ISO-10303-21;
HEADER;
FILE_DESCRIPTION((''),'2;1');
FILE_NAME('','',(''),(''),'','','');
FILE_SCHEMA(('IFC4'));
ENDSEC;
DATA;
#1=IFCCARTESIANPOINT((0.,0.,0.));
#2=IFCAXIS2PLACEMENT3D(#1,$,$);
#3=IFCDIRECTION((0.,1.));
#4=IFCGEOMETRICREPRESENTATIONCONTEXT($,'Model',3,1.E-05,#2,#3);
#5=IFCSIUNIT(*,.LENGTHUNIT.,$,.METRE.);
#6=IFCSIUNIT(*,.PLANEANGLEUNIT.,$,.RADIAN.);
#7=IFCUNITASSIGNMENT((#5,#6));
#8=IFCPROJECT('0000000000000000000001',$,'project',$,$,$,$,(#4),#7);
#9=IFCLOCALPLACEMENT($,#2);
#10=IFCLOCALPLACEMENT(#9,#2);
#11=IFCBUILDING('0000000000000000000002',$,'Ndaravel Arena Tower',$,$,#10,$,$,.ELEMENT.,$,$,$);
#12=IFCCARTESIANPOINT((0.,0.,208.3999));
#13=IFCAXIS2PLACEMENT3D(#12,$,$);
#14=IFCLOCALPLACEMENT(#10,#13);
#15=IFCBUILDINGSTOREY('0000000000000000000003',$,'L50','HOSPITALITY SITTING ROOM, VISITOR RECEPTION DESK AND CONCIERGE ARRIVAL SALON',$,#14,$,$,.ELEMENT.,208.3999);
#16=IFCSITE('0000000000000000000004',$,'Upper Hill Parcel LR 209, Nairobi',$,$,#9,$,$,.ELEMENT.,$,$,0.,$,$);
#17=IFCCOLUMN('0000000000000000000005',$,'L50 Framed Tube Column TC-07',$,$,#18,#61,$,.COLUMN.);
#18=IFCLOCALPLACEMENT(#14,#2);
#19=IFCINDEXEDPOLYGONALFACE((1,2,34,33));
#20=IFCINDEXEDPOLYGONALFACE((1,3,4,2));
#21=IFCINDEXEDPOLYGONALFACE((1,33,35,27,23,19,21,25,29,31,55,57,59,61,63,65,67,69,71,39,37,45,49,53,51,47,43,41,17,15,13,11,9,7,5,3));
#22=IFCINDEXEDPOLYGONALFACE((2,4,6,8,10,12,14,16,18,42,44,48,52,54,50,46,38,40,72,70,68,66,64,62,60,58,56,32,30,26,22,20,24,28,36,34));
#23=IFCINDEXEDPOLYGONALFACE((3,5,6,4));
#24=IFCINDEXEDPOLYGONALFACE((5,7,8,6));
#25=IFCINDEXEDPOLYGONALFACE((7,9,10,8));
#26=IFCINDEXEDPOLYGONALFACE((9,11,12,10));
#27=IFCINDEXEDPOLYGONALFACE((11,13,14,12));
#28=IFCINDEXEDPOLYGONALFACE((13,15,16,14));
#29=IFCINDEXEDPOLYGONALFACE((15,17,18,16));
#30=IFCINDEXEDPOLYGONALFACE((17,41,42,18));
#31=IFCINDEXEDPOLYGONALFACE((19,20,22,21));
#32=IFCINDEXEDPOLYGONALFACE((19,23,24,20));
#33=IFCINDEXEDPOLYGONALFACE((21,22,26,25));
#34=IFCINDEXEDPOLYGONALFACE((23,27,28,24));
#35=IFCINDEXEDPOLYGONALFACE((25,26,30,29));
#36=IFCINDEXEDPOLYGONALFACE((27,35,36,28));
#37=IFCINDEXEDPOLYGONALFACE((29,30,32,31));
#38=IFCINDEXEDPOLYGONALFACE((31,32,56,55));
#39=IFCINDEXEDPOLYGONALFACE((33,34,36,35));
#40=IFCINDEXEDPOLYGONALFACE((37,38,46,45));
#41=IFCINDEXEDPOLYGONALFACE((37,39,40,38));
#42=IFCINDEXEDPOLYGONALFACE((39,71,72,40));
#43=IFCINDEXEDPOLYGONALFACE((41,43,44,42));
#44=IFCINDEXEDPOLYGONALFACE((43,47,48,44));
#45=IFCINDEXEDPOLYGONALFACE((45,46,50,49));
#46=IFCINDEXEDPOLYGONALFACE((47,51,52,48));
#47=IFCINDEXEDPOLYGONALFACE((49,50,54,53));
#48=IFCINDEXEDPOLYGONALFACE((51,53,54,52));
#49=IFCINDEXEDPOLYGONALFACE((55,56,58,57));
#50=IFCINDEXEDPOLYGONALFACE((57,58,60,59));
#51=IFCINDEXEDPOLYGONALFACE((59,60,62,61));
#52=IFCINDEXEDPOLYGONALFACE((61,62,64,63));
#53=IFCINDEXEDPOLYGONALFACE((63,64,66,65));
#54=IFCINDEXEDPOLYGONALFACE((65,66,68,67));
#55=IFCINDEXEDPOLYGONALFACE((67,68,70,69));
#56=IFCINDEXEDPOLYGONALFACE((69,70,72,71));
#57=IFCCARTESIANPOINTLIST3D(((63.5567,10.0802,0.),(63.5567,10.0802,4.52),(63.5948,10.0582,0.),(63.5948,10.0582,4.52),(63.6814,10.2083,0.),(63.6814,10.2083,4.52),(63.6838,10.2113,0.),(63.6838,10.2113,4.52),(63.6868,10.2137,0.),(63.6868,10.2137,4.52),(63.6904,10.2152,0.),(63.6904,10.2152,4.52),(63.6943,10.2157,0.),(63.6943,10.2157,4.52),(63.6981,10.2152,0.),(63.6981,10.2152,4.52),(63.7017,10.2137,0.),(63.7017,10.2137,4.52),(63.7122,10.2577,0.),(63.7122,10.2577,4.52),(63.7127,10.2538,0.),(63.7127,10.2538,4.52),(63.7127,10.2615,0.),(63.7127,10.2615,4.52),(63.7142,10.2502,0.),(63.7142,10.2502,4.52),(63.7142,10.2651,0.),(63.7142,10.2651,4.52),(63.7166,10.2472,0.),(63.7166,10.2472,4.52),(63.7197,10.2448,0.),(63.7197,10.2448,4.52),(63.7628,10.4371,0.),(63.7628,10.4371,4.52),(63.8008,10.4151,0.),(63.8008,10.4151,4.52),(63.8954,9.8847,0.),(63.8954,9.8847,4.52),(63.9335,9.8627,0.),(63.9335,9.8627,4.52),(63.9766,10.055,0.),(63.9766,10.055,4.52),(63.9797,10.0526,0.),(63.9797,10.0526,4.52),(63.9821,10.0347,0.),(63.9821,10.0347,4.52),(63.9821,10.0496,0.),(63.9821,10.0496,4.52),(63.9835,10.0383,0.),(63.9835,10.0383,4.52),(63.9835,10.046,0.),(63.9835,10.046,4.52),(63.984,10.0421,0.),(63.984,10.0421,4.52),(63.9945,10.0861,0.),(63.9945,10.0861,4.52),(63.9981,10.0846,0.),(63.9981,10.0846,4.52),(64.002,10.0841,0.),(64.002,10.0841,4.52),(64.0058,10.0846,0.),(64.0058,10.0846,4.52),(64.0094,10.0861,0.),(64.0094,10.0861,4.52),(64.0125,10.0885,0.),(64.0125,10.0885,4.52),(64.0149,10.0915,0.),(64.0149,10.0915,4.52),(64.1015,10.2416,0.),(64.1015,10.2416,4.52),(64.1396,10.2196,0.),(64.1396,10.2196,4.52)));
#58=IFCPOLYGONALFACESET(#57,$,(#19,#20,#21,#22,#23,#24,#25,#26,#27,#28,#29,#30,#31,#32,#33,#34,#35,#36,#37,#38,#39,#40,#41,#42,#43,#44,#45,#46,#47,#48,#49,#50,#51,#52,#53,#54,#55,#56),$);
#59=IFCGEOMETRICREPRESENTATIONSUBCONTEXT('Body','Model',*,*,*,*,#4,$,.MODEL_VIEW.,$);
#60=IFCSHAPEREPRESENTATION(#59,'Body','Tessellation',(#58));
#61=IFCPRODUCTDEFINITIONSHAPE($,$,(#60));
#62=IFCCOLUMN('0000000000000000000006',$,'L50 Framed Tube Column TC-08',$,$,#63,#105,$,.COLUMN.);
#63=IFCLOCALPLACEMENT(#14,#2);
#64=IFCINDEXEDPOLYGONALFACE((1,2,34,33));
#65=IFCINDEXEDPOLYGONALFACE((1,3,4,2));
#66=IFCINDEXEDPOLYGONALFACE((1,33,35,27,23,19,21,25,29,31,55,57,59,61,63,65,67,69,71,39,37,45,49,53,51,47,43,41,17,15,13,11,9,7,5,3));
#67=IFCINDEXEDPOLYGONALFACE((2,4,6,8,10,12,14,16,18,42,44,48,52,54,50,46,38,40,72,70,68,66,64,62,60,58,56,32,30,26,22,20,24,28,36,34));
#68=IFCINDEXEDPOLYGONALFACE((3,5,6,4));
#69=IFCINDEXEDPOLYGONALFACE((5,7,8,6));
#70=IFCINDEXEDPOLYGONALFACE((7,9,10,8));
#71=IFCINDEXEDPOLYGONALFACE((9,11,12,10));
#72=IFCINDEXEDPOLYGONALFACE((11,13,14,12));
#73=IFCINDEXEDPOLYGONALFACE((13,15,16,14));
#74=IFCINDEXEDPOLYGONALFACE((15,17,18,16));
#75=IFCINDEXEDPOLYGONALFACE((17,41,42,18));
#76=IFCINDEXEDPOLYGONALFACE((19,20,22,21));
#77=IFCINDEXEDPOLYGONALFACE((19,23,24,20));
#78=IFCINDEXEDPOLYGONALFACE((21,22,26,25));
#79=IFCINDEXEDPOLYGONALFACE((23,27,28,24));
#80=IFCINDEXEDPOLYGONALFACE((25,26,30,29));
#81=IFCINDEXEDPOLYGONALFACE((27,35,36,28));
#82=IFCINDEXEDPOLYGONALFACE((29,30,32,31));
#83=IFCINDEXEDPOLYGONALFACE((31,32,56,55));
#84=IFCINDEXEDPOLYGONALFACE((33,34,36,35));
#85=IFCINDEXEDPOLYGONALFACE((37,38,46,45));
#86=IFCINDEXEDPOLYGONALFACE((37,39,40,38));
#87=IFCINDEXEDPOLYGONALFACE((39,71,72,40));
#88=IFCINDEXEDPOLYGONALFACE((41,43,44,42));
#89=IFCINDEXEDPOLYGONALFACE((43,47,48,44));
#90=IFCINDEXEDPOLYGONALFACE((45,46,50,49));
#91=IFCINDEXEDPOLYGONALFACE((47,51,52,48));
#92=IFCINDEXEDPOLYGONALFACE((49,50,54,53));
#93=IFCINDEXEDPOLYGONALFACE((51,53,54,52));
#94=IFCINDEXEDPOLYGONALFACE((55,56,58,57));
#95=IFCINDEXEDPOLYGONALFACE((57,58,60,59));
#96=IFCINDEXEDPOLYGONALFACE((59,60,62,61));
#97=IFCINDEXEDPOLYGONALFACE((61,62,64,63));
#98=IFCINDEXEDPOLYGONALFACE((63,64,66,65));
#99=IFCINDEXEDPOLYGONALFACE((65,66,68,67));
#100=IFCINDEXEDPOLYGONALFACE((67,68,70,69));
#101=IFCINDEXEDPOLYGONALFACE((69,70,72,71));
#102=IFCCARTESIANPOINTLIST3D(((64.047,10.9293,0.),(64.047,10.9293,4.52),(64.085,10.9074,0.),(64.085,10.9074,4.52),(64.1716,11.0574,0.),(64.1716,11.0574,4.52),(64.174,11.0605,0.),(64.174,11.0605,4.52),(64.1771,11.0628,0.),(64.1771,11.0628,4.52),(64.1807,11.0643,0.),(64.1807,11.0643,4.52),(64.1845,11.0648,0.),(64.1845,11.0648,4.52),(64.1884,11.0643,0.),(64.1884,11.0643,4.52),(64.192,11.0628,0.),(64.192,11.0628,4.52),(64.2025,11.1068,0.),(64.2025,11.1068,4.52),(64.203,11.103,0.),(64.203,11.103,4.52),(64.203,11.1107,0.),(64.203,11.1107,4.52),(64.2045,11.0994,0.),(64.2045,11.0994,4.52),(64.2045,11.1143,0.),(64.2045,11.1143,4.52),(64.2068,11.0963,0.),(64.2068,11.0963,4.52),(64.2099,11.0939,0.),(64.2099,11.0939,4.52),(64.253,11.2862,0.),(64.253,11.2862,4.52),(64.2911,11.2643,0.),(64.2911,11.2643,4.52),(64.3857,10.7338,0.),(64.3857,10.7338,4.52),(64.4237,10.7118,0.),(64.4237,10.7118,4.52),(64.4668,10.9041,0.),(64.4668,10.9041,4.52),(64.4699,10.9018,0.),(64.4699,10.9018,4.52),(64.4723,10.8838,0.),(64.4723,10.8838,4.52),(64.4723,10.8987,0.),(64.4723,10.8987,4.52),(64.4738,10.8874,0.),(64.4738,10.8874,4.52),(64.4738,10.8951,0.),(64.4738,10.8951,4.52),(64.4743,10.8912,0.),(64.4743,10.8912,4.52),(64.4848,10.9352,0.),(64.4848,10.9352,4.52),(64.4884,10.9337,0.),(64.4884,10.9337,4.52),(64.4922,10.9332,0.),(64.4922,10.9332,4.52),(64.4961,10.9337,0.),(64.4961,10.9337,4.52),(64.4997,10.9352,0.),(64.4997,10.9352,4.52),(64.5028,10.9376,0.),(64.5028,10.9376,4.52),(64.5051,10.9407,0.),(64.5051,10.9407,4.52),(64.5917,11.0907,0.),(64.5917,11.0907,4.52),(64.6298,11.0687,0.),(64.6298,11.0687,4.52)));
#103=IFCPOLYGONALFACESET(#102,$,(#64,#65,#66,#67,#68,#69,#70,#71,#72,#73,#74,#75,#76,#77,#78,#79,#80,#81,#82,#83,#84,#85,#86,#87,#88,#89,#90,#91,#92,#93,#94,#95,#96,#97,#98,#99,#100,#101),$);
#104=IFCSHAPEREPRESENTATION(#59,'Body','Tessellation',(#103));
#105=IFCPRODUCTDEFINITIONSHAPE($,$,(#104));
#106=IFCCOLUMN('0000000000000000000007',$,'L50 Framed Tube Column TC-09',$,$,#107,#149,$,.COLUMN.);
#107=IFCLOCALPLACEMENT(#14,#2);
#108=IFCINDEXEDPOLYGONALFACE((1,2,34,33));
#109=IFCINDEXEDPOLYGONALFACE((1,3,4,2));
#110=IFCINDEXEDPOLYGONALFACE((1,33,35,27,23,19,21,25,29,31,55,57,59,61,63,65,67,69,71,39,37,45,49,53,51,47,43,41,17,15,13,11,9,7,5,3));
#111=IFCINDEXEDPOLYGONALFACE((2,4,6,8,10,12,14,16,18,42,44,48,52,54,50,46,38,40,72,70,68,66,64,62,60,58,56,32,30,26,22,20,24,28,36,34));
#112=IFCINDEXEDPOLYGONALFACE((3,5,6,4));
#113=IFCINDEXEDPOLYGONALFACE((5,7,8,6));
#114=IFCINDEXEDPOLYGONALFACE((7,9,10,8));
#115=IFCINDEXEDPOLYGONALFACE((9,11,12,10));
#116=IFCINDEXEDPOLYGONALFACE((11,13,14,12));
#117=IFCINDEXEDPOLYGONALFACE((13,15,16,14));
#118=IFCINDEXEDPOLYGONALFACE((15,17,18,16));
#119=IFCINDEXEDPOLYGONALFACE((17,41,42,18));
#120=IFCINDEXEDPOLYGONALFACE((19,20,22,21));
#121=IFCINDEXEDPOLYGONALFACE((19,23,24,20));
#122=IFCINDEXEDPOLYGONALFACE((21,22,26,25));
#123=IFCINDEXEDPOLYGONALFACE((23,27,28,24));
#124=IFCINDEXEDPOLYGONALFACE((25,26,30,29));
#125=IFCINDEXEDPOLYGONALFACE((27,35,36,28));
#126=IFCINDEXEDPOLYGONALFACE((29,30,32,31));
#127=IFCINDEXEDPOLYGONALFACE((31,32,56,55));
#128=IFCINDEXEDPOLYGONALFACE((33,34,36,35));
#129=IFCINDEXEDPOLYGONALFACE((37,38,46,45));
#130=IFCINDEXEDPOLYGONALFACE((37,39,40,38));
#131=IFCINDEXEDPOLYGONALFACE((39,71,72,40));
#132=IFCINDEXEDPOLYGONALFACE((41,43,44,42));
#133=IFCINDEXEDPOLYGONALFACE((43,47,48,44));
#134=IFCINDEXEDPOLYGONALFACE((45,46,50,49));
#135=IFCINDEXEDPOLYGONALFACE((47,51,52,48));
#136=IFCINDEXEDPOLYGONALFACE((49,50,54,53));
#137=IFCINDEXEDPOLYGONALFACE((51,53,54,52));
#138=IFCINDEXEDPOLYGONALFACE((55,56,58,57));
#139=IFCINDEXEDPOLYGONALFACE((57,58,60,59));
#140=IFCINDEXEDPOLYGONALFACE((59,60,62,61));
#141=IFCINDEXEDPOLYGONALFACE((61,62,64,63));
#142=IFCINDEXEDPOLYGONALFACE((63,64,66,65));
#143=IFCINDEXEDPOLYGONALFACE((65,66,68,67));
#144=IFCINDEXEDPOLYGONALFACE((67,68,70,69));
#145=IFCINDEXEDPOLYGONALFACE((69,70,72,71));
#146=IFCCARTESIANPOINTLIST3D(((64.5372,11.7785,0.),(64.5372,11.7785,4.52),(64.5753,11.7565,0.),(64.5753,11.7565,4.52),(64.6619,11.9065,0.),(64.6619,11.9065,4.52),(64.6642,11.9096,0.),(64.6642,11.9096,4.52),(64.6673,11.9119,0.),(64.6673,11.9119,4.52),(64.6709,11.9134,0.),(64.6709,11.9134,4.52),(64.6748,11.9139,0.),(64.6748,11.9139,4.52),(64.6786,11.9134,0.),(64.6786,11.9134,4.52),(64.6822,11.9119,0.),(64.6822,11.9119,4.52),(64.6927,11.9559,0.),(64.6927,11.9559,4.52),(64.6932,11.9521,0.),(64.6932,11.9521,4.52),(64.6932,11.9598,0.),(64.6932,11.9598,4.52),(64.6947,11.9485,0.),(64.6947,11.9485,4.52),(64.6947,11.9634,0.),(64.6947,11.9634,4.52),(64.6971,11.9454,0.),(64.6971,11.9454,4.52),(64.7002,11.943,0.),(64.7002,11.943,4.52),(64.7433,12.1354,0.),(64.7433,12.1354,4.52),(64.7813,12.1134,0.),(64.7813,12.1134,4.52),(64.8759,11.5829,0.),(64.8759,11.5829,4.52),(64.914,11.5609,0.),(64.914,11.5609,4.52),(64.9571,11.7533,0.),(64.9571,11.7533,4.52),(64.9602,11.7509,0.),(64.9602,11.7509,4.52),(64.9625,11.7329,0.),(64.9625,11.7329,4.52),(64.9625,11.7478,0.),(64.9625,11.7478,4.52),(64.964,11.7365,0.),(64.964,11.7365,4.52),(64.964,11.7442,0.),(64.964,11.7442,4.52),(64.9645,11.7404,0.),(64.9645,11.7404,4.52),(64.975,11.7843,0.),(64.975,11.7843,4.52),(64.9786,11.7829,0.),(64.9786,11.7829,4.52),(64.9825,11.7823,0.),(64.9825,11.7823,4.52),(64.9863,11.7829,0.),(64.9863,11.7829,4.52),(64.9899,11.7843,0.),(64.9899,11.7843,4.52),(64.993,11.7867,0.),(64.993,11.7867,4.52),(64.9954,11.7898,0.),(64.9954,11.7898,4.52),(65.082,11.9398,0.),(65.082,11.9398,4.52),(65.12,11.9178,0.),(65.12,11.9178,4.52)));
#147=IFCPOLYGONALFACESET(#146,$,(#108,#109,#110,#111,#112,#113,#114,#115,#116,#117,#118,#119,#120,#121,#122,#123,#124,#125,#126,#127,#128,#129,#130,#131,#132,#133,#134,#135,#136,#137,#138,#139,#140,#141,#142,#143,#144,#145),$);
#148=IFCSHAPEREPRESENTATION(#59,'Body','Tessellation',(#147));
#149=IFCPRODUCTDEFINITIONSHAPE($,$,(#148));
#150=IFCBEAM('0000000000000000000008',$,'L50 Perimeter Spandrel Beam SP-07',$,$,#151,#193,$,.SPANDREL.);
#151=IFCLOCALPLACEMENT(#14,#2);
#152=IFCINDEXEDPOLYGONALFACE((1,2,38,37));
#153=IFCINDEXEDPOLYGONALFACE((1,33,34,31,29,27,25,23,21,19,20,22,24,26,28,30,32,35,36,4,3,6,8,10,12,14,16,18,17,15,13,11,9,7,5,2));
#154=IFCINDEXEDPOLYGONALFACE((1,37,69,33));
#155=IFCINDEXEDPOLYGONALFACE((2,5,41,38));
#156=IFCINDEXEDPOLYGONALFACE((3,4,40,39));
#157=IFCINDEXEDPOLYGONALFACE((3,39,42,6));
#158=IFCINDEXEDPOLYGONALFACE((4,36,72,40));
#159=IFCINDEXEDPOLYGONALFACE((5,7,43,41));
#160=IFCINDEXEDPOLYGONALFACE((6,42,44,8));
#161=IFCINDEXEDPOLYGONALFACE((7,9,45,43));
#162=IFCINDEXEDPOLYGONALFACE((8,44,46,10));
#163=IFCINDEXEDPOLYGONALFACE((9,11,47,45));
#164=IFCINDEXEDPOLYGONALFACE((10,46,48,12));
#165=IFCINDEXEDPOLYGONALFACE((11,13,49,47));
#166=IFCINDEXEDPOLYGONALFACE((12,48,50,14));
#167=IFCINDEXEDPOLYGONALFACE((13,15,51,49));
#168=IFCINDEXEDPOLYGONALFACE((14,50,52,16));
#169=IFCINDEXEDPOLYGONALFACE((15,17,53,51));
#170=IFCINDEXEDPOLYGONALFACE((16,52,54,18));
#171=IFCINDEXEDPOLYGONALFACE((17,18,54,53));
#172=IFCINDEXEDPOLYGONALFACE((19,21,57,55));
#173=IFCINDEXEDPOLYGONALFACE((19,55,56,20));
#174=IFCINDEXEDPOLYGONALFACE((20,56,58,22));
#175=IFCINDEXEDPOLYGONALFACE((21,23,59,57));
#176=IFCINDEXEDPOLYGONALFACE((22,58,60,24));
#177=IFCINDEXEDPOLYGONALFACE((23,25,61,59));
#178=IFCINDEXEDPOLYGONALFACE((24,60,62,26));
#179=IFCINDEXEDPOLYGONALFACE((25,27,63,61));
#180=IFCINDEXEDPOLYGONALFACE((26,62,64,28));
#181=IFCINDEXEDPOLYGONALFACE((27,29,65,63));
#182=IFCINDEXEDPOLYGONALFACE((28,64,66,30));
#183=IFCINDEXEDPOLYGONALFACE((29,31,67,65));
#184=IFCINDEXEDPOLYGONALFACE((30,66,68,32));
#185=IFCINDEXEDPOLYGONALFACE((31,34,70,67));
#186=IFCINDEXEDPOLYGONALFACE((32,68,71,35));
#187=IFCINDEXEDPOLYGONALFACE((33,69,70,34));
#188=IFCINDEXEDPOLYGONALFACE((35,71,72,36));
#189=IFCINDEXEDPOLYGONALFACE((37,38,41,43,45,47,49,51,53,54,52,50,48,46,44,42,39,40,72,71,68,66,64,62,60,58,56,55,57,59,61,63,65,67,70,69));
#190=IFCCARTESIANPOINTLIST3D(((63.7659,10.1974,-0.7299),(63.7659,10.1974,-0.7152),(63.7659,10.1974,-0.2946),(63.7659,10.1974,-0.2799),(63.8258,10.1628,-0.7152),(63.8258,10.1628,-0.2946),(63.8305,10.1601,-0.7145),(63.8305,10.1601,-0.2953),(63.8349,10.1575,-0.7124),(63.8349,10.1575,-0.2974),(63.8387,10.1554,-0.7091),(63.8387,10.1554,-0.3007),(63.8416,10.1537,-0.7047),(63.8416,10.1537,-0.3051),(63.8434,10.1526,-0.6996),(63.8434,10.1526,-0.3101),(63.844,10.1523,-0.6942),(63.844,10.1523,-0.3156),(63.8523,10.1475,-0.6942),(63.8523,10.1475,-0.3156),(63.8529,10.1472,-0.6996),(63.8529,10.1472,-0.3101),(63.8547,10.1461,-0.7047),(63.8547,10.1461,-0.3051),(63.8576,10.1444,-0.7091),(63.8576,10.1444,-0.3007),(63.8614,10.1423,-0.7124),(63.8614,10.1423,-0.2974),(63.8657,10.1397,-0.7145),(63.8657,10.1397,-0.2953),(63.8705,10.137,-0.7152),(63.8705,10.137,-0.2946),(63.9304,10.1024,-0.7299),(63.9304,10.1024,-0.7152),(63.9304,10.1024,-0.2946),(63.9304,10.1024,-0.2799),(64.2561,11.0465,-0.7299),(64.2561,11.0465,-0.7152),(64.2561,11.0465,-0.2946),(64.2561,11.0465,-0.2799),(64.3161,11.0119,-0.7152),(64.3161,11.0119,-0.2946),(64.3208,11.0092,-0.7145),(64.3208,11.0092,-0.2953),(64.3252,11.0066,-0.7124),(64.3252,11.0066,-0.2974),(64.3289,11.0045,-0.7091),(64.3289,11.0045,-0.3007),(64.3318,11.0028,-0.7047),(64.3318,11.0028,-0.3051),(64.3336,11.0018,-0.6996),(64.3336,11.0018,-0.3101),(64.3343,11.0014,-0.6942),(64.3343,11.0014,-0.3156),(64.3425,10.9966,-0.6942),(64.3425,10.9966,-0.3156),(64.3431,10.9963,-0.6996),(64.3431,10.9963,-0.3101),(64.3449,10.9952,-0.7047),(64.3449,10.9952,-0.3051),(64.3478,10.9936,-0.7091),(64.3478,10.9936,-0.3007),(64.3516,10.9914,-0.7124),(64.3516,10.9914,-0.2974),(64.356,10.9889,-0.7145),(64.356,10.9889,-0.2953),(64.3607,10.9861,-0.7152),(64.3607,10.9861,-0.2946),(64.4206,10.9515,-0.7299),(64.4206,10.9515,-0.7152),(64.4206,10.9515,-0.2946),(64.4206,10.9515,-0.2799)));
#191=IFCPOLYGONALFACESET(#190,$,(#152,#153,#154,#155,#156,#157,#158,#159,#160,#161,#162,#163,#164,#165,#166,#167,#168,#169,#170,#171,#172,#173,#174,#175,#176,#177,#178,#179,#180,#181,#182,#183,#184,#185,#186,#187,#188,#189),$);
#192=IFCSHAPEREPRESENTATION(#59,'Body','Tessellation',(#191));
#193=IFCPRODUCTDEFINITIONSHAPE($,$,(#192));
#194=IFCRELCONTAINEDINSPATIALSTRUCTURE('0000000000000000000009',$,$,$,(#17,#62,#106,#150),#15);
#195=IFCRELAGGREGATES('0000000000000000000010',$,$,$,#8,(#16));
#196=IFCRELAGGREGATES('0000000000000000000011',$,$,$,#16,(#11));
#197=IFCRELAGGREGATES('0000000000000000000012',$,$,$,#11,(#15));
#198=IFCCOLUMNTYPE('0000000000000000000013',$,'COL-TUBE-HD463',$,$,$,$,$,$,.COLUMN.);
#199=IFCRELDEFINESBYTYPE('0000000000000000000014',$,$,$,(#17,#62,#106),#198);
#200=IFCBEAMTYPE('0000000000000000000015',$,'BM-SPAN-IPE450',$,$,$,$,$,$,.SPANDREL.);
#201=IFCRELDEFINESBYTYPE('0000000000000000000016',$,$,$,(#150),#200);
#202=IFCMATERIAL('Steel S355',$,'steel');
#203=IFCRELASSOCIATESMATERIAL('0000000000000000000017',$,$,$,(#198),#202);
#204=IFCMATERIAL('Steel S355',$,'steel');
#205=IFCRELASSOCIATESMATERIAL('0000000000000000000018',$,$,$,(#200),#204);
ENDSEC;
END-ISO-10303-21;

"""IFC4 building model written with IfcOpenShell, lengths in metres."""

from ifc_helpers import new_model, si_unit, direction, frame, origin, origin_2d, place, context, subcontext, project, spatial, i_section, extrude, material, material_profile, profile_set, type_object, element, save


model = new_model("IFC4")

# Units and contexts
model_context = context("Model", 3, precision=1e-05, world=origin(), true_north=direction((0.0, 1.0)))
body_context = subcontext(model_context, "Body", "Model", "MODEL_VIEW")
ifc_project = project(units=[si_unit("LENGTHUNIT", "METRE"), si_unit("PLANEANGLEUNIT", "RADIAN")], contexts=[model_context])

# Site, building, storey
site_placement = place(None, origin())
site = spatial("IfcSite", under=ifc_project, at=site_placement, Name="Upper Hill Parcel LR 209, Nairobi", CompositionType="ELEMENT", RefElevation=0.0)
building_placement = place(site_placement, origin())
building = spatial("IfcBuilding", under=site, at=building_placement, Name="Ndaravel Arena Tower", CompositionType="ELEMENT")
storey_placement = place(building_placement, frame((0.0, 0.0, 208.3999)))
storey = spatial("IfcBuildingStorey", under=building, at=storey_placement, Name="L50", Description="HOSPITALITY SITTING ROOM, VISITOR RECEPTION DESK AND CONCIERGE ARRIVAL SALON", CompositionType="ELEMENT", Elevation=208.3999)

# Columns
ifc_material_1 = material(Name="Steel S355", Category="steel")
ifc_material_profile_1 = material_profile(ifc_material_1, i_section(OverallWidth=0.4121, OverallDepth=0.4351, WebThickness=0.0359, FlangeThickness=0.0439, FilletRadius=0.0149, at=origin_2d()), Name="HD 400x463")
ifc_profile_set_1 = profile_set([ifc_material_profile_1], Name="Steel S355")
column_type = type_object("IfcColumnType", Name="COL-TUBE-HD463", PredefinedType="COLUMN", material=ifc_profile_set_1)
for number, where, z_axis, x_axis, name in (
    (1, (63.8481, 10.1499, 0.0), (0.0, 0.0, 1.0), (0.5, 0.866025, 0.0), "L50 Framed Tube Column TC-07"),
    (2, (64.3384, 10.999, 0.0), (0.0, 0.0, 1.0), (0.5, 0.866025, 0.0), "L50 Framed Tube Column TC-08"),
    (3, (64.8286, 11.8481, 0.0), (0.0, 0.0, 1.0), (0.5, 0.866025, 0.0), "L50 Framed Tube Column TC-09"),
):
    element("IfcColumn", number, at=place(storey_placement, frame(where, z_axis=z_axis, x_axis=x_axis)), inside=storey, type_object=column_type, Name=name, PredefinedType="COLUMN", context=body_context, shape_type="SweptSolid", body=[
        extrude(i_section(OverallWidth=0.4121, OverallDepth=0.4351, WebThickness=0.0359, FlangeThickness=0.0439, FilletRadius=0.0149, at=origin_2d()), origin(), (0.0, 0.0, 1.0), 4.52),
    ])

# Beam
ifc_material_2 = material(Name="Steel S355", Category="steel")
ifc_material_profile_2 = material_profile(ifc_material_2, i_section(OverallWidth=0.1899, OverallDepth=0.45, WebThickness=0.0095, FlangeThickness=0.0146, FilletRadius=0.021, at=origin_2d()), Name="IPE 450")
ifc_profile_set_2 = profile_set([ifc_material_profile_2], Name="Steel S355")
beam_type_1 = type_object("IfcBeamType", Name="BM-SPAN-IPE450", PredefinedType="SPANDREL", material=ifc_profile_set_2)
for number, where, z_axis, x_axis, name in (
    (4, (63.8481, 10.1499, -0.5049), (0.499995, 0.866028, 0.0), (-0.866028, 0.499995, 0.0), "L50 Perimeter Spandrel Beam SP-07"),
):
    element("IfcBeam", number, at=place(storey_placement, frame(where, z_axis=z_axis, x_axis=x_axis)), inside=storey, type_object=beam_type_1, Name=name, PredefinedType="SPANDREL", context=body_context, shape_type="SweptSolid", body=[
        extrude(i_section(OverallWidth=0.1899, OverallDepth=0.45, WebThickness=0.0095, FlangeThickness=0.0146, FilletRadius=0.021, at=origin_2d()), origin(), (0.0, 0.0, 1.0), 0.9805),
    ])

save(model, "model.ifc")
